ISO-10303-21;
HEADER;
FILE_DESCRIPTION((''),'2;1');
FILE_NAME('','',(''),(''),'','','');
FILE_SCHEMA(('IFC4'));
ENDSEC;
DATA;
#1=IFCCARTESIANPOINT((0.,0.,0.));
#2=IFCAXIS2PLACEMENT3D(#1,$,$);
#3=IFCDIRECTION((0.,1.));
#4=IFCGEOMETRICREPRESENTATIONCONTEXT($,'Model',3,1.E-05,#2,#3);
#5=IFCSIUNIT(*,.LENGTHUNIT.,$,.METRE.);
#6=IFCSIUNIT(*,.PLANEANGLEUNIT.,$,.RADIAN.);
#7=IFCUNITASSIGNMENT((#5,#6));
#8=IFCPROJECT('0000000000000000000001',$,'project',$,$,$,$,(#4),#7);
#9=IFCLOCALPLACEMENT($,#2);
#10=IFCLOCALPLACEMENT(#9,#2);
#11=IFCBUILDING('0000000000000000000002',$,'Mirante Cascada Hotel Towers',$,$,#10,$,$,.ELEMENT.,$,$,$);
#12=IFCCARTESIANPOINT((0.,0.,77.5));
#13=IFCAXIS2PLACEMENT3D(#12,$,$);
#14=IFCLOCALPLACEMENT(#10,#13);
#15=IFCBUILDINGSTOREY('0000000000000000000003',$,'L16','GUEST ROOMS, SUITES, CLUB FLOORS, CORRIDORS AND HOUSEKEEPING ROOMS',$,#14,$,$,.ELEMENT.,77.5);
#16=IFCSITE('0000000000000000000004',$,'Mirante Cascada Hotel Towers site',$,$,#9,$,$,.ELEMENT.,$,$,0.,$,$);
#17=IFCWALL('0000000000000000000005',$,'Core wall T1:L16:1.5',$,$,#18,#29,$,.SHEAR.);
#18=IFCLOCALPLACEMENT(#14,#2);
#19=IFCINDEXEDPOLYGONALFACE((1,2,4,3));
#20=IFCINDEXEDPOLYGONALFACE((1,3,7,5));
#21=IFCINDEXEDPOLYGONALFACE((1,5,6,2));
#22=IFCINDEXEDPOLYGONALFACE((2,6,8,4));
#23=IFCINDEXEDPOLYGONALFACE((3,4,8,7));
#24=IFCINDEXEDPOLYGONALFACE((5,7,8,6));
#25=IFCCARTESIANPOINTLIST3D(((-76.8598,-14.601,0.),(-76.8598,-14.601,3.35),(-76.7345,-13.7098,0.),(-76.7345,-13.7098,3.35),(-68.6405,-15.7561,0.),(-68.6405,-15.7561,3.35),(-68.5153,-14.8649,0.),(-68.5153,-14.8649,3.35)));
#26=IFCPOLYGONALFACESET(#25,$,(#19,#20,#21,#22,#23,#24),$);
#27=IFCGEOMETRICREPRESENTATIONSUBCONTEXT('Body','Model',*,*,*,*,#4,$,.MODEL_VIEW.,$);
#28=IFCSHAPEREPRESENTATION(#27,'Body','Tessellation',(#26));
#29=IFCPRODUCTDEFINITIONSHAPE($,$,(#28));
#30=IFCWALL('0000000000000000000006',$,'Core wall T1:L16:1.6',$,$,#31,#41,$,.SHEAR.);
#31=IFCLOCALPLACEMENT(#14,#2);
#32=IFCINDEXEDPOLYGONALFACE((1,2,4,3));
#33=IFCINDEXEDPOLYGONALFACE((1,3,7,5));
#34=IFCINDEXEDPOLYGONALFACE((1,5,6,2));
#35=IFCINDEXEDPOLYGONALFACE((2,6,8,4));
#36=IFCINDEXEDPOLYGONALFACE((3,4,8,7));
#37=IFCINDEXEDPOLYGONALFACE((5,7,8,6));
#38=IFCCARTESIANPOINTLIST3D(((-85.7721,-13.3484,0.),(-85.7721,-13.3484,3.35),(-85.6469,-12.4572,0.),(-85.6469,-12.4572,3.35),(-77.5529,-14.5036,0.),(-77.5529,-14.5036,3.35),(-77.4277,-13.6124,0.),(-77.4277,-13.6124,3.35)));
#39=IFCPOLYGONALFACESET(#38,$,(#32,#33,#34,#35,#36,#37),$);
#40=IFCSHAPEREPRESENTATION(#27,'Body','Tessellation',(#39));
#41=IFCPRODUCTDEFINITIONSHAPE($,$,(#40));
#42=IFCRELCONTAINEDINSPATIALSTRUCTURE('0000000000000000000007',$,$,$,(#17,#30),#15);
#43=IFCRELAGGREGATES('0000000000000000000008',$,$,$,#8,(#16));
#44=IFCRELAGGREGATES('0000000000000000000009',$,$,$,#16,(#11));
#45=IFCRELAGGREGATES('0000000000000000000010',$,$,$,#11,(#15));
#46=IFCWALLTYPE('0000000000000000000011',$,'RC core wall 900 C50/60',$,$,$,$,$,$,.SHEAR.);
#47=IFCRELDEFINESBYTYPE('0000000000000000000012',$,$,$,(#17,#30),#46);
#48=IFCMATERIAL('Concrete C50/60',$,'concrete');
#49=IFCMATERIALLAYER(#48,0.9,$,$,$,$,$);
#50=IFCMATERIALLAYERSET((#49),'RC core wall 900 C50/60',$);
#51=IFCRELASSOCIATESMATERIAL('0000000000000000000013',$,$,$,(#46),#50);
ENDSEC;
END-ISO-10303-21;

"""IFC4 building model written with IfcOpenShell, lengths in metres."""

from ifc_helpers import new_model, si_unit, direction, frame, frame_2d, origin, place, context, subcontext, project, spatial, rectangle, extrude, material, layer, layer_set, type_object, element, save


model = new_model("IFC4")

# Units and contexts
model_context = context("Model", 3, precision=1e-05, world=origin(), true_north=direction((0.0, 1.0)))
body_context = subcontext(model_context, "Body", "Model", "MODEL_VIEW")
ifc_project = project(units=[si_unit("LENGTHUNIT", "METRE"), si_unit("PLANEANGLEUNIT", "RADIAN")], contexts=[model_context])

# Site, building, storey
site_placement = place(None, origin())
site = spatial("IfcSite", under=ifc_project, at=site_placement, Name="Mirante Cascada Hotel Towers site", CompositionType="ELEMENT", RefElevation=0.0)
building_placement = place(site_placement, origin())
building = spatial("IfcBuilding", under=site, at=building_placement, Name="Mirante Cascada Hotel Towers", CompositionType="ELEMENT")
storey_placement = place(building_placement, frame((0.0, 0.0, 77.5)))
storey = spatial("IfcBuildingStorey", under=building, at=storey_placement, Name="L16", Description="GUEST ROOMS, SUITES, CLUB FLOORS, CORRIDORS AND HOUSEKEEPING ROOMS", CompositionType="ELEMENT", Elevation=77.5)

# Walls
ifc_material_1 = material(Name="Concrete C50/60", Category="concrete")
ifc_layer_1 = layer(ifc_material_1, 0.9)
ifc_layer_set_1 = layer_set([ifc_layer_1], Name="RC core wall 900 C50/60")
wall_type_1 = type_object("IfcWallType", Name="RC core wall 900 C50/60", PredefinedType="SHEAR", material=ifc_layer_set_1)
for number, where, z_axis, x_axis, name in (
    (1, (-68.5779, -15.3105, 0.0), (0.0, 0.0, 1.0), (-0.990269, 0.139169, 0.0), "Core wall T1:L16:1.5"),
    (2, (-77.4903, -14.058, 0.0), (0.0, 0.0, 1.0), (-0.990267, 0.139181, 0.0), "Core wall T1:L16:1.6"),
):
    element("IfcWall", number, at=place(storey_placement, frame(where, z_axis=z_axis, x_axis=x_axis)), inside=storey, type_object=wall_type_1, Name=name, PredefinedType="SHEAR", context=body_context, shape_type="SweptSolid", body=[
        extrude(rectangle(XDim=8.3, YDim=0.9, at=frame_2d((4.15, 0.0))), origin(), (0.0, 0.0, 1.0), 3.35),
    ])

save(model, "model.ifc")
